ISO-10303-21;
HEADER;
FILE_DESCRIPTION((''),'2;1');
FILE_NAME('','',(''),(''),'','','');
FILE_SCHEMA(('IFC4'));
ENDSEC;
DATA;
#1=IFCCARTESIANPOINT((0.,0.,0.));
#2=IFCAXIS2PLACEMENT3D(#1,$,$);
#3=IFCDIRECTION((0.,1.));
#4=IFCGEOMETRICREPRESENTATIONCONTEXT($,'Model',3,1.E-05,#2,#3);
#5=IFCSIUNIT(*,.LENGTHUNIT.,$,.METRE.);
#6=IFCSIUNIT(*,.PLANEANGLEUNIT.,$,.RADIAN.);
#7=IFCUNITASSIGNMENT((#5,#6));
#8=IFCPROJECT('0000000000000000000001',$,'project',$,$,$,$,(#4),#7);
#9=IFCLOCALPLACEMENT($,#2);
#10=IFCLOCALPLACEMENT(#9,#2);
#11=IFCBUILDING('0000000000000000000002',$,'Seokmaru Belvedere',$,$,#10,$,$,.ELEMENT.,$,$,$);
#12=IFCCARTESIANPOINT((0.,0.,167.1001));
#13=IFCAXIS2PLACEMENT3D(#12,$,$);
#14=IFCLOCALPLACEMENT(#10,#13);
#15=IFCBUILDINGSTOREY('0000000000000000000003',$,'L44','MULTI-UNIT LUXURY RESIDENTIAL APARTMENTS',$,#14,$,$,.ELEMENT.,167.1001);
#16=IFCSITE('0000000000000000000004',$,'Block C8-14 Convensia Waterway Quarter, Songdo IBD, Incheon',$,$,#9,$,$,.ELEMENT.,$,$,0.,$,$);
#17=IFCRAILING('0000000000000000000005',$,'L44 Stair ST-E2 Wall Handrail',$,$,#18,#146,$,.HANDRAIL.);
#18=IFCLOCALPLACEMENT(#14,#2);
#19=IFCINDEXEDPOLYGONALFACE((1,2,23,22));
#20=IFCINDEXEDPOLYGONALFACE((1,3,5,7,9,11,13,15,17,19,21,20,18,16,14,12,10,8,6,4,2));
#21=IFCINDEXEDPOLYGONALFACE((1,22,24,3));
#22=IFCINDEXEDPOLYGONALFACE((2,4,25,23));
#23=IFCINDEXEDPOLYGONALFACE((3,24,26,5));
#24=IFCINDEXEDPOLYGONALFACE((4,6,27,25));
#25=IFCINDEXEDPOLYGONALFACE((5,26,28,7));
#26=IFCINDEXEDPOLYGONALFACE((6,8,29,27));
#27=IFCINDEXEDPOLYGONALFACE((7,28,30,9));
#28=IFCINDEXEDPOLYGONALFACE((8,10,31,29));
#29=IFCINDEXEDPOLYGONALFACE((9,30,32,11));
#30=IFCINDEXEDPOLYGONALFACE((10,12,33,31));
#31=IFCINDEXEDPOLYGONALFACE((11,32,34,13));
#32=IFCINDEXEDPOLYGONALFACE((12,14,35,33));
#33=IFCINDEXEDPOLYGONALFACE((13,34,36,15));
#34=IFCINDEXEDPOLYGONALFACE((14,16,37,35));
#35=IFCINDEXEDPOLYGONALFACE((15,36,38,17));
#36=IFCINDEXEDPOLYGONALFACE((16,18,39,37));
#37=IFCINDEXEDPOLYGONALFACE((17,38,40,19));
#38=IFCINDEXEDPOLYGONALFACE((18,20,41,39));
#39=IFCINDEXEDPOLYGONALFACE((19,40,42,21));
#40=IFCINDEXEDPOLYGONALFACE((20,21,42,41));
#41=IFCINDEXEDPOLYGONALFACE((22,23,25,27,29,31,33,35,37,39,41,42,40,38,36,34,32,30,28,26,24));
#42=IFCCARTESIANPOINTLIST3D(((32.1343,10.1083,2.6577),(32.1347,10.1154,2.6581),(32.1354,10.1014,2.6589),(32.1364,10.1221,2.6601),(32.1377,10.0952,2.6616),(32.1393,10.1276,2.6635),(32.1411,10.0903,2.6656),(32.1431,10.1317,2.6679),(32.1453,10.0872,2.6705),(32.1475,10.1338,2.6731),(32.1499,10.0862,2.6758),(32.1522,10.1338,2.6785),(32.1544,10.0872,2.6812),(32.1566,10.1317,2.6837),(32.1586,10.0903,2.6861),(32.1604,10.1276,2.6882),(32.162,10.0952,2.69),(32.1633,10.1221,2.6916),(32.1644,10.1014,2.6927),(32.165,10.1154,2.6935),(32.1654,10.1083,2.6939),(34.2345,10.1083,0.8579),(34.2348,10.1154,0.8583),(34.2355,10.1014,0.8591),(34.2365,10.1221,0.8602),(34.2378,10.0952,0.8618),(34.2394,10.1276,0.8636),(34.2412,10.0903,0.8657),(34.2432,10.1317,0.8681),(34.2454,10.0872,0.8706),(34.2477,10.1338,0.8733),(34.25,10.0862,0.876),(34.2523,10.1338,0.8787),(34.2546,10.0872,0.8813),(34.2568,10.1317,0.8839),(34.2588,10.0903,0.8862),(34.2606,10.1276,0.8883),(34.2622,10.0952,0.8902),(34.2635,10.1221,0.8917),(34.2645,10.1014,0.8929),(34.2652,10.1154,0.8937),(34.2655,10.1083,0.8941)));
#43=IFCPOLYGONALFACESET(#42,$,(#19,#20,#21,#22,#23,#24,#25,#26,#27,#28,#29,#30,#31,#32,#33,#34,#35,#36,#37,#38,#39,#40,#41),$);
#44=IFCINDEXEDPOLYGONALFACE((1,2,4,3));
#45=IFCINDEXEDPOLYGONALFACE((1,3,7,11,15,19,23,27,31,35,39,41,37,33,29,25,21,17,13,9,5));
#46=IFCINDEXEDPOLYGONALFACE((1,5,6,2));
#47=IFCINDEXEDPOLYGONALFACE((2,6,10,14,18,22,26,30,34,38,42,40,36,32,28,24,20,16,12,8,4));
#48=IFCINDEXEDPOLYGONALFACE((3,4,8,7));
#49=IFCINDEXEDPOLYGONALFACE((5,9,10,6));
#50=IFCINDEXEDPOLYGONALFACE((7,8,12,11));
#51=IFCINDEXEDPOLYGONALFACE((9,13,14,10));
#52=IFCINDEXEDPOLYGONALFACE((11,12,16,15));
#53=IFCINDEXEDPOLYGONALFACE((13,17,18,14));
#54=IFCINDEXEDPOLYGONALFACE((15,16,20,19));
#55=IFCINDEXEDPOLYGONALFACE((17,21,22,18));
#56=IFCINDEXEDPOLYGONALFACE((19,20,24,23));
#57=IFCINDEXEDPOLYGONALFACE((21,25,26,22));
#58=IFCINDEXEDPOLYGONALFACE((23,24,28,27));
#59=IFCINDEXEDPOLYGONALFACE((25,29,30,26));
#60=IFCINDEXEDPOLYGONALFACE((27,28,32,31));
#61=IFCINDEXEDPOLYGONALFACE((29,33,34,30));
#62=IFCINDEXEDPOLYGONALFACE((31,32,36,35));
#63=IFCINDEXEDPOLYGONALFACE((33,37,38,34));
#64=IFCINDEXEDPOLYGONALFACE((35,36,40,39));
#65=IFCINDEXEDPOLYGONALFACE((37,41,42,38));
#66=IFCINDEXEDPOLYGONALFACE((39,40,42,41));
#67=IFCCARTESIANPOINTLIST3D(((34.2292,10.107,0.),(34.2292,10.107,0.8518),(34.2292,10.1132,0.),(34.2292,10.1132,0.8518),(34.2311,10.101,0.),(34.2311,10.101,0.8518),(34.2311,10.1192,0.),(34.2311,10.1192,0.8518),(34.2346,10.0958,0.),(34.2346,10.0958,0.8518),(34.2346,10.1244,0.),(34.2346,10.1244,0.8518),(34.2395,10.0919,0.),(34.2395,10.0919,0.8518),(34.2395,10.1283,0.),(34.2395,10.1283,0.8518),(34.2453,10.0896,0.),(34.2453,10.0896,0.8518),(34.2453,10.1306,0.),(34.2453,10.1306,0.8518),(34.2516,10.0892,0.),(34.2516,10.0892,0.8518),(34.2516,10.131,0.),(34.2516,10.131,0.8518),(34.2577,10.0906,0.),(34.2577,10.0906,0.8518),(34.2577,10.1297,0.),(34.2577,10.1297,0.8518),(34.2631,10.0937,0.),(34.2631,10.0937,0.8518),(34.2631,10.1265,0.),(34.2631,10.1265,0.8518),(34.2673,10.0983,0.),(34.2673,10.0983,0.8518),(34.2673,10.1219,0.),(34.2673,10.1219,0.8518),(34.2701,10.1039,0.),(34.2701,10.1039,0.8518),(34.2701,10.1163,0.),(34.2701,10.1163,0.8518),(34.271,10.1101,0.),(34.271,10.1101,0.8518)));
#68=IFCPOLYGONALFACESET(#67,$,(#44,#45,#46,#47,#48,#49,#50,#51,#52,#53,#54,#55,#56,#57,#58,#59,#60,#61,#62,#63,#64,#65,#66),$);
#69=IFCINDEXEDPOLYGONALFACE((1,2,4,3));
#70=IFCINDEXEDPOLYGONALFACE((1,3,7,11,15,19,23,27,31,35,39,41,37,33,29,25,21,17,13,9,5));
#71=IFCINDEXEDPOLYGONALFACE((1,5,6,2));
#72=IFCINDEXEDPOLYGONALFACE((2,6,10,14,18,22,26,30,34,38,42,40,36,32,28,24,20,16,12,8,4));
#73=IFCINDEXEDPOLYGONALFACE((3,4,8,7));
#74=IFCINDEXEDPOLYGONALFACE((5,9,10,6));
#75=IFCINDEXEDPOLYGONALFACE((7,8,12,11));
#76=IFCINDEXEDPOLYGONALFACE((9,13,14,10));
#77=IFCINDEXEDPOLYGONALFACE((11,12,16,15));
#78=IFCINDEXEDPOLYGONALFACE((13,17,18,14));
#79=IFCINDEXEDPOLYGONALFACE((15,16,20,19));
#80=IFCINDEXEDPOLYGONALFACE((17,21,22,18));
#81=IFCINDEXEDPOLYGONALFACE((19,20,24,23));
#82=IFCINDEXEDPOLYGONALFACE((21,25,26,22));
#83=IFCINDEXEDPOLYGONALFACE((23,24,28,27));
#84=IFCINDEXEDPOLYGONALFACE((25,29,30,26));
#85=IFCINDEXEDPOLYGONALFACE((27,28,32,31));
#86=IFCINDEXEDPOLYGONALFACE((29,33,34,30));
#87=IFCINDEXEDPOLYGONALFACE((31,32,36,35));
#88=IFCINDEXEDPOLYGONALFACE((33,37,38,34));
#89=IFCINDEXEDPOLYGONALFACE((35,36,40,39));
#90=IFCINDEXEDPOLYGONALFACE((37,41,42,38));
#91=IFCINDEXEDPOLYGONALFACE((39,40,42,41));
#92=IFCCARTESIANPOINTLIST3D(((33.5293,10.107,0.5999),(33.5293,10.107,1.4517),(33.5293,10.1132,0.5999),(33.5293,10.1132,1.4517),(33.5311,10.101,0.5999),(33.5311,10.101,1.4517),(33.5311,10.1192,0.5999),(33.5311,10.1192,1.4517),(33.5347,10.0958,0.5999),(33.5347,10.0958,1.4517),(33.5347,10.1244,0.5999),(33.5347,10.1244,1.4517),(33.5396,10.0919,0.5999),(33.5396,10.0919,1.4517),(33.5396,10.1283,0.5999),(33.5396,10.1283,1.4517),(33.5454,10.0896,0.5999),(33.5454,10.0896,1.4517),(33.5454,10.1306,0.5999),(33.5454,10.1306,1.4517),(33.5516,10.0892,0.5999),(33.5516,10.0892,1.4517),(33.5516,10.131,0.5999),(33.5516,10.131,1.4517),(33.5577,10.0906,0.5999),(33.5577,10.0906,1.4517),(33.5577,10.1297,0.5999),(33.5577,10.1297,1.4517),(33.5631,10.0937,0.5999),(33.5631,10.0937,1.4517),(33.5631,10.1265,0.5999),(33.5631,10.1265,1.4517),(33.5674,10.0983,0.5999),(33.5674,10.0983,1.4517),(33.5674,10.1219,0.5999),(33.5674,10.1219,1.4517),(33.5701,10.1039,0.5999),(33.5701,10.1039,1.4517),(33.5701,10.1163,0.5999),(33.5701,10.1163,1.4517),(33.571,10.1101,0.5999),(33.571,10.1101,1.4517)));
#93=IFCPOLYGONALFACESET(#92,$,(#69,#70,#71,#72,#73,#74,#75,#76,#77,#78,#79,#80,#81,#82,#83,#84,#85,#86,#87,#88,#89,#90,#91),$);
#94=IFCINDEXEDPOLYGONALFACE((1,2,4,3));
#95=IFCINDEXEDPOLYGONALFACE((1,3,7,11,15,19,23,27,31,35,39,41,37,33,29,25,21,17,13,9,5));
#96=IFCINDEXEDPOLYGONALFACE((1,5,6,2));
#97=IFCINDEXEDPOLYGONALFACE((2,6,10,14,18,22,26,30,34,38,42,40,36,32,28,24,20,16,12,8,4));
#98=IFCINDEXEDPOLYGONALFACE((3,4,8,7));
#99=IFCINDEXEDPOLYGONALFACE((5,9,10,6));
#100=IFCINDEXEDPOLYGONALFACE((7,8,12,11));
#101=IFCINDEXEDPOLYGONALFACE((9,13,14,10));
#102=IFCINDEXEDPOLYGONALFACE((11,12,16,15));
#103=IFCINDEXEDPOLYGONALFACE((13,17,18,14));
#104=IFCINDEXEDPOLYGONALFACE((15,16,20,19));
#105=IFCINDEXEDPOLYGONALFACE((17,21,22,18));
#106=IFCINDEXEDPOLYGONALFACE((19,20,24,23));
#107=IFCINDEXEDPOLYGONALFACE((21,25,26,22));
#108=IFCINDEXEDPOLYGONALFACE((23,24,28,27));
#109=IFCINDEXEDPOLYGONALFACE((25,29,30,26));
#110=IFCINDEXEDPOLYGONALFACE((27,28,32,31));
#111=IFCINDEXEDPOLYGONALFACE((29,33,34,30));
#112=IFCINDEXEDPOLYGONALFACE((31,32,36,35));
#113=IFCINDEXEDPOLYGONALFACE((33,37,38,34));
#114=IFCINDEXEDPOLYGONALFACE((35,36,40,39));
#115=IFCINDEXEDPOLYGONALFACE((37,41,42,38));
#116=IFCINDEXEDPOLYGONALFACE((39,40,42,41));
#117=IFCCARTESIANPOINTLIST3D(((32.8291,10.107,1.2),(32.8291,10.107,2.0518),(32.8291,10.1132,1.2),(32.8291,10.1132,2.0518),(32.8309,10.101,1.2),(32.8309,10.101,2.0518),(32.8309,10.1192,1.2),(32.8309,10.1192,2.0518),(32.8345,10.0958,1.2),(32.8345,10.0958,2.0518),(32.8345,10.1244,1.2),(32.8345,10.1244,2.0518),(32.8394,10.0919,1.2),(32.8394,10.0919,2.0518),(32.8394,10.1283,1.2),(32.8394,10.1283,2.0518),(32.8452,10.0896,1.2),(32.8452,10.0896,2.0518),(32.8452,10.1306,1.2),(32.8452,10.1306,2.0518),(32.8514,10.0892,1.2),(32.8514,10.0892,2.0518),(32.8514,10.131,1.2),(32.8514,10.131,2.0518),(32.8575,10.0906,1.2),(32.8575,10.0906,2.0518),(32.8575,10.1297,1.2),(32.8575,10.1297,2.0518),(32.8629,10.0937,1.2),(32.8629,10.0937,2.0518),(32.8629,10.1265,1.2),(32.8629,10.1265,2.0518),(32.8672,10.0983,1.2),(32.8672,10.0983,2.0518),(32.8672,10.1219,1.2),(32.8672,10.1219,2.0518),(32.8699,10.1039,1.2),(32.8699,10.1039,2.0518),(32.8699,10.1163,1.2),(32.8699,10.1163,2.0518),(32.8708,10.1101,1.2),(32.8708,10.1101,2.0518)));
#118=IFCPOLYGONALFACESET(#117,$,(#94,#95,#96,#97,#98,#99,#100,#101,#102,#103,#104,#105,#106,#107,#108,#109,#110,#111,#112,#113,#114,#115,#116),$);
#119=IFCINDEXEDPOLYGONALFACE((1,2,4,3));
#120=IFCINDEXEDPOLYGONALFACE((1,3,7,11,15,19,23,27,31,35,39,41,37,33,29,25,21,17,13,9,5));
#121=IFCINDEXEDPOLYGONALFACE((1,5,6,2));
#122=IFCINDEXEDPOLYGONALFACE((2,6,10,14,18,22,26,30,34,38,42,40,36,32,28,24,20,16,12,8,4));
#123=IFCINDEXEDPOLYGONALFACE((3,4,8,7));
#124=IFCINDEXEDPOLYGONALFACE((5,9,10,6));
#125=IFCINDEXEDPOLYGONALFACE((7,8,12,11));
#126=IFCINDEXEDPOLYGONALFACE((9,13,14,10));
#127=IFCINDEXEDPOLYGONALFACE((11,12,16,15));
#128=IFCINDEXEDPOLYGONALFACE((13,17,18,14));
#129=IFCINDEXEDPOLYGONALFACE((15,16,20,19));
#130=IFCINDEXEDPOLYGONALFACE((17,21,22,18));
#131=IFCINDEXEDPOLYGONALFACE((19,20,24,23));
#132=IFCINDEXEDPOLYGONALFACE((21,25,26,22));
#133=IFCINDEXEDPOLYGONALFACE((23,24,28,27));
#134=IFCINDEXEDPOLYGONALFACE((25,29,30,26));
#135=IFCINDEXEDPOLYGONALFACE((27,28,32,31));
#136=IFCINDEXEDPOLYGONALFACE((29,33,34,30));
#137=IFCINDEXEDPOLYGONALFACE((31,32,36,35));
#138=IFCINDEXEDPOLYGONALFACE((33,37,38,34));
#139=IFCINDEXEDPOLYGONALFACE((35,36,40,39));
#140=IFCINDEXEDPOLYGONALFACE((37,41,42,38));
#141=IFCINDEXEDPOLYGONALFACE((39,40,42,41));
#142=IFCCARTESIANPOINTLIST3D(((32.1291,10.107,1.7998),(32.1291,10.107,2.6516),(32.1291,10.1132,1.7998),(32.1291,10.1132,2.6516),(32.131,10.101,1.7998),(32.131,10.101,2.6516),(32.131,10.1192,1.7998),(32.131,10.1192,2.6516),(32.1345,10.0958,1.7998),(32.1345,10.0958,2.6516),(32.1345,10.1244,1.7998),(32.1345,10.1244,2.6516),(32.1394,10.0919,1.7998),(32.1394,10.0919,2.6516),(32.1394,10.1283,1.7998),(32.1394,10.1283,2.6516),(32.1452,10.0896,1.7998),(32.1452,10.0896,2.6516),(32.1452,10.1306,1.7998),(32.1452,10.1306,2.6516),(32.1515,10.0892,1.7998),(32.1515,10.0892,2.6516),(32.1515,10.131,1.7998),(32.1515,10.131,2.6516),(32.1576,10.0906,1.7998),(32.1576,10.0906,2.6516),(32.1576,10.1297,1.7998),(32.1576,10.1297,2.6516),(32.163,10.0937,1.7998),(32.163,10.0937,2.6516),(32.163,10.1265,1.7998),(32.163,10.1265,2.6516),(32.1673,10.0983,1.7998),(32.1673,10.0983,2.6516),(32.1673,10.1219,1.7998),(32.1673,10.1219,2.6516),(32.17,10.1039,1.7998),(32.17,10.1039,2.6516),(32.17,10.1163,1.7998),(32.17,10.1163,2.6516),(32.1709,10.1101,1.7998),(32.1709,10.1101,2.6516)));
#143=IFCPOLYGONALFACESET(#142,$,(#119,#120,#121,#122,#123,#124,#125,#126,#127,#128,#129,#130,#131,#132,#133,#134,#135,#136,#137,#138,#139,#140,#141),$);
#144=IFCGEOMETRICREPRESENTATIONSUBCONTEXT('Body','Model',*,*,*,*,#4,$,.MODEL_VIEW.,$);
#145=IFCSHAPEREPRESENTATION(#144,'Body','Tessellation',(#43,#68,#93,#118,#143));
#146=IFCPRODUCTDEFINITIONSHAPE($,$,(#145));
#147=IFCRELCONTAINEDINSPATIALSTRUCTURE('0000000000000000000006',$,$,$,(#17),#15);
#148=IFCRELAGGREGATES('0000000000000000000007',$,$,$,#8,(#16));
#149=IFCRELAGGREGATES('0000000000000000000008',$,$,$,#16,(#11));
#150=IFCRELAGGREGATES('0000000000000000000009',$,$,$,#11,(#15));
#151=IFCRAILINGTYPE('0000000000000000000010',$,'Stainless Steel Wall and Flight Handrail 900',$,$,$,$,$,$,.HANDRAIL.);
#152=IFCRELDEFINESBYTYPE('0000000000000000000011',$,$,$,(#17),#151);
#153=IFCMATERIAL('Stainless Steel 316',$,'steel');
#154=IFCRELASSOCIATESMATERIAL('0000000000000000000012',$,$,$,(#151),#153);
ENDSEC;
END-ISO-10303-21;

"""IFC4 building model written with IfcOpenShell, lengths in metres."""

from ifc_helpers import new_model, si_unit, direction, frame, origin, origin_2d, place, context, subcontext, project, spatial, circle, extrude, material, type_object, element, save


model = new_model("IFC4")

# Units and contexts
model_context = context("Model", 3, precision=1e-05, world=origin(), true_north=direction((0.0, 1.0)))
body_context = subcontext(model_context, "Body", "Model", "MODEL_VIEW")
ifc_project = project(units=[si_unit("LENGTHUNIT", "METRE"), si_unit("PLANEANGLEUNIT", "RADIAN")], contexts=[model_context])

# Site, building, storey
site_placement = place(None, origin())
site = spatial("IfcSite", under=ifc_project, at=site_placement, Name="Block C8-14 Convensia Waterway Quarter, Songdo IBD, Incheon", CompositionType="ELEMENT", RefElevation=0.0)
building_placement = place(site_placement, origin())
building = spatial("IfcBuilding", under=site, at=building_placement, Name="Seokmaru Belvedere", CompositionType="ELEMENT")
storey_placement = place(building_placement, frame((0.0, 0.0, 167.1001)))
storey = spatial("IfcBuildingStorey", under=building, at=storey_placement, Name="L44", Description="MULTI-UNIT LUXURY RESIDENTIAL APARTMENTS", CompositionType="ELEMENT", Elevation=167.1001)

# Shared definitions
ifc_material_1 = material(Name="Stainless Steel 316", Category="steel")

# Railing
railing_type_1 = type_object("IfcRailingType", Name="Stainless Steel Wall and Flight Handrail 900", PredefinedType="HANDRAIL", material=ifc_material_1)
railing_1_placement = place(storey_placement, frame((34.25, 10.1101, 0.0)))
element("IfcRailing", 1, at=railing_1_placement, inside=storey, type_object=railing_type_1, Name="L44 Stair ST-E2 Wall Handrail", PredefinedType="HANDRAIL", context=body_context, shape_type="SweptSolid", body=[
    extrude(circle(Radius=0.0239, at=origin_2d()), frame((0.0, 0.0, 0.876), z_axis=(-0.759306, 0.0, 0.650733), x_axis=(0.0, -1.0, 0.0)), (0.0, 0.0, 1.0), 2.7659),
    extrude(circle(Radius=0.021, at=origin_2d()), origin(), (0.0, 0.0, 1.0), 0.8518),
    extrude(circle(Radius=0.021, at=origin_2d()), frame((-0.7, 0.0, 0.5999)), (0.0, 0.0, 1.0), 0.8518),
    extrude(circle(Radius=0.021, at=origin_2d()), frame((-1.4001, 0.0, 1.2)), (0.0, 0.0, 1.0), 0.8518),
    extrude(circle(Radius=0.021, at=origin_2d()), frame((-2.1001, 0.0, 1.7998)), (0.0, 0.0, 1.0), 0.8518),
])

save(model, "model.ifc")
